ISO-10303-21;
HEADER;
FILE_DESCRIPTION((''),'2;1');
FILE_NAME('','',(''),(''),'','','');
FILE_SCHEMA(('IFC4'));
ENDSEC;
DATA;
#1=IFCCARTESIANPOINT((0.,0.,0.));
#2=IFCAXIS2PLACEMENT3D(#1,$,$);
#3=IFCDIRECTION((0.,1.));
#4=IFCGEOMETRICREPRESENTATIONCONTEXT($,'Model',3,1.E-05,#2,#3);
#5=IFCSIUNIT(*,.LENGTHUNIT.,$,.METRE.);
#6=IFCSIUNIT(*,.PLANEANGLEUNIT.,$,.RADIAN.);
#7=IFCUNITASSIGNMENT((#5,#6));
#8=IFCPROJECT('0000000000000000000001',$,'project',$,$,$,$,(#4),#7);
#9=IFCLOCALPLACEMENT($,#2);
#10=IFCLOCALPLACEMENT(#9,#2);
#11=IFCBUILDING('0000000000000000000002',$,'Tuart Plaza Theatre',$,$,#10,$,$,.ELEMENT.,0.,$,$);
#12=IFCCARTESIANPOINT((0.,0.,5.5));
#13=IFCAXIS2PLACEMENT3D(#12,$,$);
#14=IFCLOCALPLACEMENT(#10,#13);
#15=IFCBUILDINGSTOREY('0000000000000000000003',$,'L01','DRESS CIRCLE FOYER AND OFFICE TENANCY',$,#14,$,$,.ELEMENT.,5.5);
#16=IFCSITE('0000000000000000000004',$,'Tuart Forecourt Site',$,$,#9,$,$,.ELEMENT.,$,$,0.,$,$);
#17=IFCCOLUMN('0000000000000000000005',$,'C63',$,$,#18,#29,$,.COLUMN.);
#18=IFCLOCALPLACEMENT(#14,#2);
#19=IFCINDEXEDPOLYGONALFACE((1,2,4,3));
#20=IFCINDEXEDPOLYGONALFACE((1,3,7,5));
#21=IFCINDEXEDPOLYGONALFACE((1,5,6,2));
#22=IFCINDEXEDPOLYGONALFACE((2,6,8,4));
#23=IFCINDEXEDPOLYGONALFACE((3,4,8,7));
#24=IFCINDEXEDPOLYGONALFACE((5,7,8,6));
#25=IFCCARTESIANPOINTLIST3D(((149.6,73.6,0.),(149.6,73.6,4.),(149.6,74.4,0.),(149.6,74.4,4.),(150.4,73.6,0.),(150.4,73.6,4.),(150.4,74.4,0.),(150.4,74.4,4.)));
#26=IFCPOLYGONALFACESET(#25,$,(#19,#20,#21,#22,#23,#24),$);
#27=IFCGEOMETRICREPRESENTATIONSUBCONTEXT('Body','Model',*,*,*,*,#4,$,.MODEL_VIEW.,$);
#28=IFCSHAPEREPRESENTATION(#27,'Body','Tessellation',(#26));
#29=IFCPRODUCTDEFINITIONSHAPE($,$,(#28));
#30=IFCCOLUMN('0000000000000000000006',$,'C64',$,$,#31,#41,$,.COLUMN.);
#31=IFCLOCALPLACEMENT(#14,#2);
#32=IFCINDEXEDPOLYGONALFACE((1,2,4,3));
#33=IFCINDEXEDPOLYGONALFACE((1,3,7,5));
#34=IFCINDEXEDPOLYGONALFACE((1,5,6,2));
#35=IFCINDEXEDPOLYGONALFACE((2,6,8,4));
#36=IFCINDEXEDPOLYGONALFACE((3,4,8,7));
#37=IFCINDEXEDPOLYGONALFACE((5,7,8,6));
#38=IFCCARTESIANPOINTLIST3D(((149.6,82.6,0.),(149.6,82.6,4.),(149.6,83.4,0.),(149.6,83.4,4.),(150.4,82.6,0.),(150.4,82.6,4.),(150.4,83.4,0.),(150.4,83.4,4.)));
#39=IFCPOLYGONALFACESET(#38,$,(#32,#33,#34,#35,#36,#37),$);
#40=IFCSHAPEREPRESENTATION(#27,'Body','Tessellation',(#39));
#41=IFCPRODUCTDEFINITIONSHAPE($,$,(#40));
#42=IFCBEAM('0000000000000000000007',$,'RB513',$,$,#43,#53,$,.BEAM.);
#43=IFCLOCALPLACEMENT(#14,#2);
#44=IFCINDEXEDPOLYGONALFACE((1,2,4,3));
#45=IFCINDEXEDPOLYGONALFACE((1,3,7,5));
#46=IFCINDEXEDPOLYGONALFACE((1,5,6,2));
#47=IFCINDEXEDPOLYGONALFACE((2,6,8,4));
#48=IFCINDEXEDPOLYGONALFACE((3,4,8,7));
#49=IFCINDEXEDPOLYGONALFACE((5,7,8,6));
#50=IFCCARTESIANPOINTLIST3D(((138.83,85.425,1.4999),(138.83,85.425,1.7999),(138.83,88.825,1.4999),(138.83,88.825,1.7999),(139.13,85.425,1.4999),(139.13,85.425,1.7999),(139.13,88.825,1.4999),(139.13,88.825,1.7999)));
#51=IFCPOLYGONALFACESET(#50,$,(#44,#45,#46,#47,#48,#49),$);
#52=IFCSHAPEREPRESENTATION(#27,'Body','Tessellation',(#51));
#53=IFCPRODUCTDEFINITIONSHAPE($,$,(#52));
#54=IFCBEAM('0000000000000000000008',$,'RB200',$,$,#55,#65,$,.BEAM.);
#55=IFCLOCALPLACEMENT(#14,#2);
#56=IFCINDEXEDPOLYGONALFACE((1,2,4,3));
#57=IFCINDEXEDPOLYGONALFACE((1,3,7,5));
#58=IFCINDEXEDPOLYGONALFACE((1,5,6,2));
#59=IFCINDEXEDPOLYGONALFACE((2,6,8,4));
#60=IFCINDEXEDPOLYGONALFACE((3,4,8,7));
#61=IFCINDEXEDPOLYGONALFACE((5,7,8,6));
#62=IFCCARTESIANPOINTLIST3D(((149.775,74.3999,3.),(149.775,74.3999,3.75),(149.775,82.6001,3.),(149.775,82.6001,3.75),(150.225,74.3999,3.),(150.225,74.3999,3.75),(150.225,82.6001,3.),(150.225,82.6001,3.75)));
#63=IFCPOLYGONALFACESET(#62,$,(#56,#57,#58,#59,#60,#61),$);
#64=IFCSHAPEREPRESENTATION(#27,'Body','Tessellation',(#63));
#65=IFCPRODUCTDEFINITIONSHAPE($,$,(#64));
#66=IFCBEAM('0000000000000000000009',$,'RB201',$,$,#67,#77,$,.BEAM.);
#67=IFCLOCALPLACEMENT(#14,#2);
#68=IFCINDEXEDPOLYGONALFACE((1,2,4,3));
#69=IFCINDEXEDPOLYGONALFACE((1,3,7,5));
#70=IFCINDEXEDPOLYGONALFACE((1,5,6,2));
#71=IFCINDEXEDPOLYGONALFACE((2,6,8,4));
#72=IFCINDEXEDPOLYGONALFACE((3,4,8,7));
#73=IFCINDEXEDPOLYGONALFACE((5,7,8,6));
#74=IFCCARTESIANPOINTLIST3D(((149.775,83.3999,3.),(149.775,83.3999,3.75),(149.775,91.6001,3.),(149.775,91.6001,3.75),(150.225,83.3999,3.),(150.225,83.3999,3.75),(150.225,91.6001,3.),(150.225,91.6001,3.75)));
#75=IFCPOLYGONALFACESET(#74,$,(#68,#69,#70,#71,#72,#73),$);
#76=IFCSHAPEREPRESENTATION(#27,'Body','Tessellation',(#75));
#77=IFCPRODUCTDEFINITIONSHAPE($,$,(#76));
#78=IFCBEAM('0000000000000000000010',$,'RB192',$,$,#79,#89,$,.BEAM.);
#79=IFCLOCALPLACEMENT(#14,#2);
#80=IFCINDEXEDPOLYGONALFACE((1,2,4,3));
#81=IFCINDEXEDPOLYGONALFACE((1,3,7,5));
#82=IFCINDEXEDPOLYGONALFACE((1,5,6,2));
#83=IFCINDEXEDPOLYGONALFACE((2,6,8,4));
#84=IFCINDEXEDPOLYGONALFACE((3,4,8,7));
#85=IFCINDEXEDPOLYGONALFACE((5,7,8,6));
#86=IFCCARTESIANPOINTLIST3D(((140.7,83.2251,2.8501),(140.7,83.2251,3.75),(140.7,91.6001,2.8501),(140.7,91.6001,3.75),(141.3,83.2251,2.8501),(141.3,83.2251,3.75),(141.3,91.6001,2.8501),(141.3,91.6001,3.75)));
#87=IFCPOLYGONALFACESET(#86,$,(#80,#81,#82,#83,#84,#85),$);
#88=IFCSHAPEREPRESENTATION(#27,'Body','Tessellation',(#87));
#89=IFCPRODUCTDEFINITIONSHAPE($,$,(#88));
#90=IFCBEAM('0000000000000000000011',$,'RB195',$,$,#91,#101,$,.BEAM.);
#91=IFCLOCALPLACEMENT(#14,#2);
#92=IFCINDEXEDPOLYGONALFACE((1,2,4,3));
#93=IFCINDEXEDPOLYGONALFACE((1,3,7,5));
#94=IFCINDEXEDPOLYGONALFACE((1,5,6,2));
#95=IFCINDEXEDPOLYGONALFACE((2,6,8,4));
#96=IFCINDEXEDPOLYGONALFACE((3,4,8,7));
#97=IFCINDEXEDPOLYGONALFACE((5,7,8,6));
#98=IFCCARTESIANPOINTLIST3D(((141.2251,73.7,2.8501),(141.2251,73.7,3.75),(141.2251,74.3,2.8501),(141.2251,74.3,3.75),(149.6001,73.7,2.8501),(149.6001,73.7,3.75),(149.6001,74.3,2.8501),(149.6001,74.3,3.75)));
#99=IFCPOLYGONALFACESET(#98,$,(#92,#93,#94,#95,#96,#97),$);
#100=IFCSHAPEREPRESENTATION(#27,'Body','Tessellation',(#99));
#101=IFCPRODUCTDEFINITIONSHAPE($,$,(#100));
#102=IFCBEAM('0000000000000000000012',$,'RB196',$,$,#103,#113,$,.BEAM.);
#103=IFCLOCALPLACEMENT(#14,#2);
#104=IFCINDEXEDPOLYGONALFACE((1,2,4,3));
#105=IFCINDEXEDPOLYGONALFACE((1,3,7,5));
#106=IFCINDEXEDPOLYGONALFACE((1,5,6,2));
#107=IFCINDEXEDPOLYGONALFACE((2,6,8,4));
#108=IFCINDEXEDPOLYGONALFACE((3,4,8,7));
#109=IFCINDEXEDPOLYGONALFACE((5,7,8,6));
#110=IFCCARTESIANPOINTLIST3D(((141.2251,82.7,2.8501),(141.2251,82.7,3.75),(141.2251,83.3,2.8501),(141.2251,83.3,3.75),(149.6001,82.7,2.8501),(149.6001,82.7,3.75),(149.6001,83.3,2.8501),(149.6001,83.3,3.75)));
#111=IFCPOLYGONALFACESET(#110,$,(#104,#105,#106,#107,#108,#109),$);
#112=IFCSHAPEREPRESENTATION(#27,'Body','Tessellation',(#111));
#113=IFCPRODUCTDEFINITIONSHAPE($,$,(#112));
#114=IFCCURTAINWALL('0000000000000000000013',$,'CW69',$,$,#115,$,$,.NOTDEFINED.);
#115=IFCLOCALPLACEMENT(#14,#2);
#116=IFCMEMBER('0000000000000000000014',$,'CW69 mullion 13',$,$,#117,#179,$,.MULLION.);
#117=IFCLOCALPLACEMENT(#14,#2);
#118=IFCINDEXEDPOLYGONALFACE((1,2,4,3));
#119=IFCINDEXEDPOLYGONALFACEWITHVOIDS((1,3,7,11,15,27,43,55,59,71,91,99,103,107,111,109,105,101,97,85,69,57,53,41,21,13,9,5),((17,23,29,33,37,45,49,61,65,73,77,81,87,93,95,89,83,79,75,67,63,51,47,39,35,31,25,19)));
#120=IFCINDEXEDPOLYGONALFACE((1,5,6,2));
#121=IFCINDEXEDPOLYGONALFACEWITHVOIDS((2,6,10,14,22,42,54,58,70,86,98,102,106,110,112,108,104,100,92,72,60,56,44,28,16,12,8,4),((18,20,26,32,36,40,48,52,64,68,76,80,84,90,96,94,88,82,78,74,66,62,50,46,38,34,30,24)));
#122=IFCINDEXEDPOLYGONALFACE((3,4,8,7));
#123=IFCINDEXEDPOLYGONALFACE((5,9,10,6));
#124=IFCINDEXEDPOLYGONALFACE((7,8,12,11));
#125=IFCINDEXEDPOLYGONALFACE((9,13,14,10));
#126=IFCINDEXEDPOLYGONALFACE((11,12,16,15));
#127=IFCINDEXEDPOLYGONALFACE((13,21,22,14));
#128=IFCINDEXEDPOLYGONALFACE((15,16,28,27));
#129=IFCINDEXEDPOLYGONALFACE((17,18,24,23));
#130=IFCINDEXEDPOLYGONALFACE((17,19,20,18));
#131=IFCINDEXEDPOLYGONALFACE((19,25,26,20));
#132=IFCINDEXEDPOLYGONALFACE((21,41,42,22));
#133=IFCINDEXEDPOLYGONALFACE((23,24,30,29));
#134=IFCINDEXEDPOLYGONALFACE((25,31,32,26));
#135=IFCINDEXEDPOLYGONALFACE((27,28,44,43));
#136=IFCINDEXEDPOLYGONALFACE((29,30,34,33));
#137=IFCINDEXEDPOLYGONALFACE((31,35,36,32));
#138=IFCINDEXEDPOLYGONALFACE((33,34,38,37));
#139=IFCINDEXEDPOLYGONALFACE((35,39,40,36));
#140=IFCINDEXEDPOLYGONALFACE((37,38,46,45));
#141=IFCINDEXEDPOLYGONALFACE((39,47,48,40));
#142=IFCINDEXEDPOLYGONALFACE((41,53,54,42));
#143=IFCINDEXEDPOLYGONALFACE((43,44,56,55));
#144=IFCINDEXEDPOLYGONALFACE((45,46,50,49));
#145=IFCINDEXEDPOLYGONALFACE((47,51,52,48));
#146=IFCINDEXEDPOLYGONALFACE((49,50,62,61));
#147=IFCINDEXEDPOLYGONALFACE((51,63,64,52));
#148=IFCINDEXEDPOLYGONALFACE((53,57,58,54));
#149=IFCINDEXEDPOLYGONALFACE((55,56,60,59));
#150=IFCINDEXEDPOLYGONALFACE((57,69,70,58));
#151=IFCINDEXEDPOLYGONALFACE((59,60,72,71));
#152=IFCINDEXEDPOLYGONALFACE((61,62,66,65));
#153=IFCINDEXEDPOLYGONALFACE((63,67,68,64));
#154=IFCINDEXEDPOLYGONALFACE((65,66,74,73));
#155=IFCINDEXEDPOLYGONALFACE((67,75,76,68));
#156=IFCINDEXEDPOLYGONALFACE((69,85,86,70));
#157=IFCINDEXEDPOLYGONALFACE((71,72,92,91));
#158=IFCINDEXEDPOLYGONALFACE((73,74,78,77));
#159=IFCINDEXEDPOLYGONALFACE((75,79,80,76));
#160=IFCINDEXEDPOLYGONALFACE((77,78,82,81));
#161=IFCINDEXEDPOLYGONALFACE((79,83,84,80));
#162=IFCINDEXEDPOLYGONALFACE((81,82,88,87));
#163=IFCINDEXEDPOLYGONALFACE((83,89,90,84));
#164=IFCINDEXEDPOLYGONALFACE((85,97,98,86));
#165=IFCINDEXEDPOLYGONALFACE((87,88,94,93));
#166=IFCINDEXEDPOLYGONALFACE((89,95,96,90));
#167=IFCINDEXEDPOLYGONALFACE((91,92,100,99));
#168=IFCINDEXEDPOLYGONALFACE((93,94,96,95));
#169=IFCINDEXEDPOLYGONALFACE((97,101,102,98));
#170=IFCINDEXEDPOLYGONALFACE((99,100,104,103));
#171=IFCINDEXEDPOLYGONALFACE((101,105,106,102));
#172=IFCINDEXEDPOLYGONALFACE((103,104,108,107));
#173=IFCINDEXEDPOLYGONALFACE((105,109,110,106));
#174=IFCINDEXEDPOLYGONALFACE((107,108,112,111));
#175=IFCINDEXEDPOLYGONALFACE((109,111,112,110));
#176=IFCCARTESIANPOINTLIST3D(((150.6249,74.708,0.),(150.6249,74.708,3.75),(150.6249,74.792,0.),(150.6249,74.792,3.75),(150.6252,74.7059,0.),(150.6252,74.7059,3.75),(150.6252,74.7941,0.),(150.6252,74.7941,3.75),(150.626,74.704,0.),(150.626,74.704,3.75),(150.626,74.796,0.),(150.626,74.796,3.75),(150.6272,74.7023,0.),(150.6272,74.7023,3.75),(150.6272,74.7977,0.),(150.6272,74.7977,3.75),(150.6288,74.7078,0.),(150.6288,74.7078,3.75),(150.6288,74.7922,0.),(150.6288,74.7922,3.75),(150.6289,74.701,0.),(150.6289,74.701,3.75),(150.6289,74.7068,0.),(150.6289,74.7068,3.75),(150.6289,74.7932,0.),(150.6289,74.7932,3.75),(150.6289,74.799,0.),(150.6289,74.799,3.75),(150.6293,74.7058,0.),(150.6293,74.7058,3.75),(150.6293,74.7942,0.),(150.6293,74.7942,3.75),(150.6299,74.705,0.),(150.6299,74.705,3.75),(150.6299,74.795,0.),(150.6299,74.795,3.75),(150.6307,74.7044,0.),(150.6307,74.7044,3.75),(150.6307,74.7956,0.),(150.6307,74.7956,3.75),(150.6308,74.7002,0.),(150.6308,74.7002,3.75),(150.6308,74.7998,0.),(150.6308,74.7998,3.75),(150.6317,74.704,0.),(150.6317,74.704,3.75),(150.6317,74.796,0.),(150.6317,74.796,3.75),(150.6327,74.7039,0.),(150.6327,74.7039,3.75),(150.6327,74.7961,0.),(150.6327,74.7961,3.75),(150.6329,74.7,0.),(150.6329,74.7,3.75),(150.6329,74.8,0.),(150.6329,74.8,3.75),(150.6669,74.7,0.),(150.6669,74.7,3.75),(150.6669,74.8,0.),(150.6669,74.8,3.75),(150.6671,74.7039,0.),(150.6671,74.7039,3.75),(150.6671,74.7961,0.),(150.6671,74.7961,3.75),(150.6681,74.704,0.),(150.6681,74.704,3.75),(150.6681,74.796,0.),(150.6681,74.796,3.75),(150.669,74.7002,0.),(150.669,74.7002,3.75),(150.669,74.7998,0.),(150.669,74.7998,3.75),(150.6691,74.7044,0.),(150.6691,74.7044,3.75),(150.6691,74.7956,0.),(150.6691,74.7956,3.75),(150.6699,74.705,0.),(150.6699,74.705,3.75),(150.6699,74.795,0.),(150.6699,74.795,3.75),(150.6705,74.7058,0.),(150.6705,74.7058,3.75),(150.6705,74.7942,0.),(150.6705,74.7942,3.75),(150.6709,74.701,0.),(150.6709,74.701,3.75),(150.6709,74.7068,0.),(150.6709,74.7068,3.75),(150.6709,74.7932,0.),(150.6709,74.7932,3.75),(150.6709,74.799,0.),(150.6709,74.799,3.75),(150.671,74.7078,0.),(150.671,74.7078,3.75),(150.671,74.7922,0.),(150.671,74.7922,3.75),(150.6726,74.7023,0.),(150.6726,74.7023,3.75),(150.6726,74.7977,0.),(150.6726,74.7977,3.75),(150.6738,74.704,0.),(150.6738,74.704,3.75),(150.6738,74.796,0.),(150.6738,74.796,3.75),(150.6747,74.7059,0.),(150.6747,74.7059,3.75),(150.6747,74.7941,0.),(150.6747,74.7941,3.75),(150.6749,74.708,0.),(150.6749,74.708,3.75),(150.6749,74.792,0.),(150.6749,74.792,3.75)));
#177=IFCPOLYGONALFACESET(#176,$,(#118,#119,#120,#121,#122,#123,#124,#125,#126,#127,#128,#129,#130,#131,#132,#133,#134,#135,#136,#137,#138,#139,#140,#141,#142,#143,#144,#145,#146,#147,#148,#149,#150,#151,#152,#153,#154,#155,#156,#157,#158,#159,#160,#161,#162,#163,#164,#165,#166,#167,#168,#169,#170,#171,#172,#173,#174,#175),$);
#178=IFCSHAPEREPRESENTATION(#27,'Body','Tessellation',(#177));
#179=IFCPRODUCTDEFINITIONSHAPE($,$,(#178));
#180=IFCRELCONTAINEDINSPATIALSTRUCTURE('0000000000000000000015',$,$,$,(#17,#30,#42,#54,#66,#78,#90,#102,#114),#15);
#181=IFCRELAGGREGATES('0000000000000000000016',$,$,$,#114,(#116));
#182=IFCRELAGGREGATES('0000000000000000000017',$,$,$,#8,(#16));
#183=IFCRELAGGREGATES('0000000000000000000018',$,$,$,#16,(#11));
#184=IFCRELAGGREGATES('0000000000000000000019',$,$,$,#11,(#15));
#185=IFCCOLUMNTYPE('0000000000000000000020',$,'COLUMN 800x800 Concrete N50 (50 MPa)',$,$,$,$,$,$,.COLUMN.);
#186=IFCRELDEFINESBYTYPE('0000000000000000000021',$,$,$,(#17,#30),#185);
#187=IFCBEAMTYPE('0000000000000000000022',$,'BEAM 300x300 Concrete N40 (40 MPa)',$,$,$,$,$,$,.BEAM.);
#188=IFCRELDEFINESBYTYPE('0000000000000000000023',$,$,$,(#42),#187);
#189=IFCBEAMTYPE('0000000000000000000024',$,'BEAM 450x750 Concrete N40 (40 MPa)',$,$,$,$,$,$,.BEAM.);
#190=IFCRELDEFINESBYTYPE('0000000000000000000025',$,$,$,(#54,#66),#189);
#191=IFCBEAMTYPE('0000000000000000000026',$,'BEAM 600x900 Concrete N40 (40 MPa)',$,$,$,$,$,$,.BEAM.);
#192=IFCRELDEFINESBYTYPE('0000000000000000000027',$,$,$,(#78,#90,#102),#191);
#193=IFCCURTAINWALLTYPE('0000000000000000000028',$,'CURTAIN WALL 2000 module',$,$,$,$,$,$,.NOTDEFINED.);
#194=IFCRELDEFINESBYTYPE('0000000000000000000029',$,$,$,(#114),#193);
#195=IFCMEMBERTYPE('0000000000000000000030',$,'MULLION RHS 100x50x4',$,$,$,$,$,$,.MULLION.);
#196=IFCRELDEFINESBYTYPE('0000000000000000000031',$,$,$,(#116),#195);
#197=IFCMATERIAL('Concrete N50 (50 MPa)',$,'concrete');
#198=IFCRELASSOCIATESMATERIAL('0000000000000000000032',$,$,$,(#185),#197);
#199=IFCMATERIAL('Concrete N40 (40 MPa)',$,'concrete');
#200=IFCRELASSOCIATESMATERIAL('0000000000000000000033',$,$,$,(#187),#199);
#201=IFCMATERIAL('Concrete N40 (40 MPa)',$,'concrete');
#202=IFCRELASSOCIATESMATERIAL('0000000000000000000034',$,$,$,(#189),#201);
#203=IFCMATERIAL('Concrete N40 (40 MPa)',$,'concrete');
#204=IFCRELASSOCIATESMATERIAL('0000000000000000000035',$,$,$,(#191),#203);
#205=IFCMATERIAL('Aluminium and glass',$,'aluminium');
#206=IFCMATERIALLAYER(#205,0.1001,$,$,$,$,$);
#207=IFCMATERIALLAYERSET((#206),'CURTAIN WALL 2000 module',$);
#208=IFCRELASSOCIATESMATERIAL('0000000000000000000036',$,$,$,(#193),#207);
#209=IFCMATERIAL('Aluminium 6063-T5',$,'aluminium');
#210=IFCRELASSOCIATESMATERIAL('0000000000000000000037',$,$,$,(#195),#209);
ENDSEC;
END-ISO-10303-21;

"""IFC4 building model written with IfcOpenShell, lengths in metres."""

from ifc_helpers import new_model, si_unit, direction, frame, origin, origin_2d, place, context, subcontext, project, spatial, rectangle, hollow_rectangle, extrude, material, layer, layer_set, material_profile, profile_set, type_object, element, aggregate, save


model = new_model("IFC4")

# Units and contexts
model_context = context("Model", 3, precision=1e-05, world=origin(), true_north=direction((0.0, 1.0)))
body_context = subcontext(model_context, "Body", "Model", "MODEL_VIEW")
ifc_project = project(units=[si_unit("LENGTHUNIT", "METRE"), si_unit("PLANEANGLEUNIT", "RADIAN")], contexts=[model_context])

# Site, building, storey
site_placement = place(None, origin())
site = spatial("IfcSite", under=ifc_project, at=site_placement, Name="Tuart Forecourt Site", CompositionType="ELEMENT", RefElevation=0.0)
building_placement = place(site_placement, origin())
building = spatial("IfcBuilding", under=site, at=building_placement, Name="Tuart Plaza Theatre", CompositionType="ELEMENT", ElevationOfRefHeight=0.0)
storey_placement = place(building_placement, frame((0.0, 0.0, 5.5)))
storey = spatial("IfcBuildingStorey", under=building, at=storey_placement, Name="L01", Description="DRESS CIRCLE FOYER AND OFFICE TENANCY", CompositionType="ELEMENT", Elevation=5.5)

# Columns
ifc_material_1 = material(Name="Concrete N50 (50 MPa)", Category="concrete")
ifc_material_profile_1 = material_profile(ifc_material_1, rectangle(XDim=0.8, YDim=0.8, at=origin_2d()), Name="COLUMN 800x800 Concrete N50 (50 MPa)")
ifc_profile_set_1 = profile_set([ifc_material_profile_1], Name="Concrete N50 (50 MPa)")
column_type = type_object("IfcColumnType", Name="COLUMN 800x800 Concrete N50 (50 MPa)", PredefinedType="COLUMN", material=ifc_profile_set_1)
for number, where, z_axis, x_axis, name in (
    (1, (150.0, 74.0, 0.0), (0.0, 0.0, 1.0), (1.0, 0.0, 0.0), "C63"),
    (2, (150.0, 83.0, 0.0), (0.0, 0.0, 1.0), (1.0, 0.0, 0.0), "C64"),
):
    element("IfcColumn", number, at=place(storey_placement, frame(where, z_axis=z_axis, x_axis=x_axis)), inside=storey, type_object=column_type, Name=name, PredefinedType="COLUMN", context=body_context, shape_type="SweptSolid", body=[
        extrude(rectangle(XDim=0.8, YDim=0.8, at=origin_2d()), origin(), (0.0, 0.0, 1.0), 4.0),
    ])

# Beams
ifc_material_2 = material(Name="Concrete N40 (40 MPa)", Category="concrete")
ifc_material_profile_2 = material_profile(ifc_material_2, rectangle(XDim=0.3, YDim=0.3, at=origin_2d()), Name="BEAM 300x300 Concrete N40 (40 MPa)")
ifc_profile_set_2 = profile_set([ifc_material_profile_2], Name="Concrete N40 (40 MPa)")
beam_type_1 = type_object("IfcBeamType", Name="BEAM 300x300 Concrete N40 (40 MPa)", PredefinedType="BEAM", material=ifc_profile_set_2)
beam_placement = place(storey_placement, frame((138.98, 85.425, 1.6499), z_axis=(0.0, 1.0, 0.0), x_axis=(-1.0, 0.0, 0.0)))
element("IfcBeam", 3, at=beam_placement, inside=storey, type_object=beam_type_1, Name="RB513", PredefinedType="BEAM", context=body_context, shape_type="SweptSolid", body=[
    extrude(rectangle(XDim=0.3, YDim=0.3, at=origin_2d()), origin(), (0.0, 0.0, 1.0), 3.3999),
])
ifc_material_3 = material(Name="Concrete N40 (40 MPa)", Category="concrete")
ifc_material_profile_3 = material_profile(ifc_material_3, rectangle(XDim=0.45, YDim=0.75, at=origin_2d()), Name="BEAM 450x750 Concrete N40 (40 MPa)")
ifc_profile_set_3 = profile_set([ifc_material_profile_3], Name="Concrete N40 (40 MPa)")
beam_type_2 = type_object("IfcBeamType", Name="BEAM 450x750 Concrete N40 (40 MPa)", PredefinedType="BEAM", material=ifc_profile_set_3)
for number, where, z_axis, x_axis, name in (
    (4, (150.0, 74.3999, 3.375), (0.0, 1.0, 0.0), (-1.0, 0.0, 0.0), "RB200"),
    (5, (150.0, 83.3999, 3.375), (0.0, 1.0, 0.0), (-1.0, 0.0, 0.0), "RB201"),
):
    element("IfcBeam", number, at=place(storey_placement, frame(where, z_axis=z_axis, x_axis=x_axis)), inside=storey, type_object=beam_type_2, Name=name, PredefinedType="BEAM", context=body_context, shape_type="SweptSolid", body=[
        extrude(rectangle(XDim=0.45, YDim=0.75, at=origin_2d()), origin(), (0.0, 0.0, 1.0), 8.2002),
    ])
ifc_material_4 = material(Name="Concrete N40 (40 MPa)", Category="concrete")
ifc_material_profile_4 = material_profile(ifc_material_4, rectangle(XDim=0.6001, YDim=0.8999, at=origin_2d()), Name="BEAM 600x900 Concrete N40 (40 MPa)")
ifc_profile_set_4 = profile_set([ifc_material_profile_4], Name="Concrete N40 (40 MPa)")
beam_type_3 = type_object("IfcBeamType", Name="BEAM 600x900 Concrete N40 (40 MPa)", PredefinedType="BEAM", material=ifc_profile_set_4)
for number, where, z_axis, x_axis, name in (
    (6, (141.0, 83.2251, 3.3), (0.0, 1.0, 0.0), (-1.0, 0.0, 0.0), "RB192"),
    (7, (141.2251, 74.0, 3.3), (1.0, 0.0, 0.0), (0.0, 1.0, 0.0), "RB195"),
    (8, (141.2251, 83.0, 3.3), (1.0, 0.0, 0.0), (0.0, 1.0, 0.0), "RB196"),
):
    element("IfcBeam", number, at=place(storey_placement, frame(where, z_axis=z_axis, x_axis=x_axis)), inside=storey, type_object=beam_type_3, Name=name, PredefinedType="BEAM", context=body_context, shape_type="SweptSolid", body=[
        extrude(rectangle(XDim=0.6001, YDim=0.8999, at=origin_2d()), origin(), (0.0, 0.0, 1.0), 8.375),
    ])

# Curtain wall, member
ifc_material_5 = material(Name="Aluminium and glass", Category="aluminium")
ifc_layer_1 = layer(ifc_material_5, 0.1001)
ifc_layer_set_1 = layer_set([ifc_layer_1], Name="CURTAIN WALL 2000 module")
curtain_wall_type = type_object("IfcCurtainWallType", Name="CURTAIN WALL 2000 module", PredefinedType="NOTDEFINED", material=ifc_layer_set_1)
curtain_wall_placement = place(storey_placement, origin())
curtain_wall = element("IfcCurtainWall", 9, at=curtain_wall_placement, inside=storey, type_object=curtain_wall_type, Name="CW69", PredefinedType="NOTDEFINED")
ifc_material_6 = material(Name="Aluminium 6063-T5", Category="aluminium")
ifc_material_profile_5 = material_profile(ifc_material_6, hollow_rectangle(XDim=0.05, YDim=0.1001, WallThickness=0.0039, InnerFilletRadius=0.0039, OuterFilletRadius=0.0081, at=origin_2d()), Name="RHS 100x50x4")
ifc_profile_set_5 = profile_set([ifc_material_profile_5], Name="Aluminium 6063-T5")
member_type_1 = type_object("IfcMemberType", Name="MULLION RHS 100x50x4", PredefinedType="MULLION", material=ifc_profile_set_5)
member_1_placement = place(storey_placement, frame((150.6499, 74.75, 0.0), z_axis=(0.0, 0.0, 1.0), x_axis=(-1.0, 0.0, 0.0)))
member_1 = element("IfcMember", 10, at=member_1_placement, type_object=member_type_1, Name="CW69 mullion 13", PredefinedType="MULLION", context=body_context, shape_type="SweptSolid", body=[
    extrude(hollow_rectangle(XDim=0.05, YDim=0.1001, WallThickness=0.0039, InnerFilletRadius=0.0039, OuterFilletRadius=0.0081, at=origin_2d()), origin(), (0.0, 0.0, 1.0), 3.75),
])
aggregate(curtain_wall, [member_1])

save(model, "model.ifc")
